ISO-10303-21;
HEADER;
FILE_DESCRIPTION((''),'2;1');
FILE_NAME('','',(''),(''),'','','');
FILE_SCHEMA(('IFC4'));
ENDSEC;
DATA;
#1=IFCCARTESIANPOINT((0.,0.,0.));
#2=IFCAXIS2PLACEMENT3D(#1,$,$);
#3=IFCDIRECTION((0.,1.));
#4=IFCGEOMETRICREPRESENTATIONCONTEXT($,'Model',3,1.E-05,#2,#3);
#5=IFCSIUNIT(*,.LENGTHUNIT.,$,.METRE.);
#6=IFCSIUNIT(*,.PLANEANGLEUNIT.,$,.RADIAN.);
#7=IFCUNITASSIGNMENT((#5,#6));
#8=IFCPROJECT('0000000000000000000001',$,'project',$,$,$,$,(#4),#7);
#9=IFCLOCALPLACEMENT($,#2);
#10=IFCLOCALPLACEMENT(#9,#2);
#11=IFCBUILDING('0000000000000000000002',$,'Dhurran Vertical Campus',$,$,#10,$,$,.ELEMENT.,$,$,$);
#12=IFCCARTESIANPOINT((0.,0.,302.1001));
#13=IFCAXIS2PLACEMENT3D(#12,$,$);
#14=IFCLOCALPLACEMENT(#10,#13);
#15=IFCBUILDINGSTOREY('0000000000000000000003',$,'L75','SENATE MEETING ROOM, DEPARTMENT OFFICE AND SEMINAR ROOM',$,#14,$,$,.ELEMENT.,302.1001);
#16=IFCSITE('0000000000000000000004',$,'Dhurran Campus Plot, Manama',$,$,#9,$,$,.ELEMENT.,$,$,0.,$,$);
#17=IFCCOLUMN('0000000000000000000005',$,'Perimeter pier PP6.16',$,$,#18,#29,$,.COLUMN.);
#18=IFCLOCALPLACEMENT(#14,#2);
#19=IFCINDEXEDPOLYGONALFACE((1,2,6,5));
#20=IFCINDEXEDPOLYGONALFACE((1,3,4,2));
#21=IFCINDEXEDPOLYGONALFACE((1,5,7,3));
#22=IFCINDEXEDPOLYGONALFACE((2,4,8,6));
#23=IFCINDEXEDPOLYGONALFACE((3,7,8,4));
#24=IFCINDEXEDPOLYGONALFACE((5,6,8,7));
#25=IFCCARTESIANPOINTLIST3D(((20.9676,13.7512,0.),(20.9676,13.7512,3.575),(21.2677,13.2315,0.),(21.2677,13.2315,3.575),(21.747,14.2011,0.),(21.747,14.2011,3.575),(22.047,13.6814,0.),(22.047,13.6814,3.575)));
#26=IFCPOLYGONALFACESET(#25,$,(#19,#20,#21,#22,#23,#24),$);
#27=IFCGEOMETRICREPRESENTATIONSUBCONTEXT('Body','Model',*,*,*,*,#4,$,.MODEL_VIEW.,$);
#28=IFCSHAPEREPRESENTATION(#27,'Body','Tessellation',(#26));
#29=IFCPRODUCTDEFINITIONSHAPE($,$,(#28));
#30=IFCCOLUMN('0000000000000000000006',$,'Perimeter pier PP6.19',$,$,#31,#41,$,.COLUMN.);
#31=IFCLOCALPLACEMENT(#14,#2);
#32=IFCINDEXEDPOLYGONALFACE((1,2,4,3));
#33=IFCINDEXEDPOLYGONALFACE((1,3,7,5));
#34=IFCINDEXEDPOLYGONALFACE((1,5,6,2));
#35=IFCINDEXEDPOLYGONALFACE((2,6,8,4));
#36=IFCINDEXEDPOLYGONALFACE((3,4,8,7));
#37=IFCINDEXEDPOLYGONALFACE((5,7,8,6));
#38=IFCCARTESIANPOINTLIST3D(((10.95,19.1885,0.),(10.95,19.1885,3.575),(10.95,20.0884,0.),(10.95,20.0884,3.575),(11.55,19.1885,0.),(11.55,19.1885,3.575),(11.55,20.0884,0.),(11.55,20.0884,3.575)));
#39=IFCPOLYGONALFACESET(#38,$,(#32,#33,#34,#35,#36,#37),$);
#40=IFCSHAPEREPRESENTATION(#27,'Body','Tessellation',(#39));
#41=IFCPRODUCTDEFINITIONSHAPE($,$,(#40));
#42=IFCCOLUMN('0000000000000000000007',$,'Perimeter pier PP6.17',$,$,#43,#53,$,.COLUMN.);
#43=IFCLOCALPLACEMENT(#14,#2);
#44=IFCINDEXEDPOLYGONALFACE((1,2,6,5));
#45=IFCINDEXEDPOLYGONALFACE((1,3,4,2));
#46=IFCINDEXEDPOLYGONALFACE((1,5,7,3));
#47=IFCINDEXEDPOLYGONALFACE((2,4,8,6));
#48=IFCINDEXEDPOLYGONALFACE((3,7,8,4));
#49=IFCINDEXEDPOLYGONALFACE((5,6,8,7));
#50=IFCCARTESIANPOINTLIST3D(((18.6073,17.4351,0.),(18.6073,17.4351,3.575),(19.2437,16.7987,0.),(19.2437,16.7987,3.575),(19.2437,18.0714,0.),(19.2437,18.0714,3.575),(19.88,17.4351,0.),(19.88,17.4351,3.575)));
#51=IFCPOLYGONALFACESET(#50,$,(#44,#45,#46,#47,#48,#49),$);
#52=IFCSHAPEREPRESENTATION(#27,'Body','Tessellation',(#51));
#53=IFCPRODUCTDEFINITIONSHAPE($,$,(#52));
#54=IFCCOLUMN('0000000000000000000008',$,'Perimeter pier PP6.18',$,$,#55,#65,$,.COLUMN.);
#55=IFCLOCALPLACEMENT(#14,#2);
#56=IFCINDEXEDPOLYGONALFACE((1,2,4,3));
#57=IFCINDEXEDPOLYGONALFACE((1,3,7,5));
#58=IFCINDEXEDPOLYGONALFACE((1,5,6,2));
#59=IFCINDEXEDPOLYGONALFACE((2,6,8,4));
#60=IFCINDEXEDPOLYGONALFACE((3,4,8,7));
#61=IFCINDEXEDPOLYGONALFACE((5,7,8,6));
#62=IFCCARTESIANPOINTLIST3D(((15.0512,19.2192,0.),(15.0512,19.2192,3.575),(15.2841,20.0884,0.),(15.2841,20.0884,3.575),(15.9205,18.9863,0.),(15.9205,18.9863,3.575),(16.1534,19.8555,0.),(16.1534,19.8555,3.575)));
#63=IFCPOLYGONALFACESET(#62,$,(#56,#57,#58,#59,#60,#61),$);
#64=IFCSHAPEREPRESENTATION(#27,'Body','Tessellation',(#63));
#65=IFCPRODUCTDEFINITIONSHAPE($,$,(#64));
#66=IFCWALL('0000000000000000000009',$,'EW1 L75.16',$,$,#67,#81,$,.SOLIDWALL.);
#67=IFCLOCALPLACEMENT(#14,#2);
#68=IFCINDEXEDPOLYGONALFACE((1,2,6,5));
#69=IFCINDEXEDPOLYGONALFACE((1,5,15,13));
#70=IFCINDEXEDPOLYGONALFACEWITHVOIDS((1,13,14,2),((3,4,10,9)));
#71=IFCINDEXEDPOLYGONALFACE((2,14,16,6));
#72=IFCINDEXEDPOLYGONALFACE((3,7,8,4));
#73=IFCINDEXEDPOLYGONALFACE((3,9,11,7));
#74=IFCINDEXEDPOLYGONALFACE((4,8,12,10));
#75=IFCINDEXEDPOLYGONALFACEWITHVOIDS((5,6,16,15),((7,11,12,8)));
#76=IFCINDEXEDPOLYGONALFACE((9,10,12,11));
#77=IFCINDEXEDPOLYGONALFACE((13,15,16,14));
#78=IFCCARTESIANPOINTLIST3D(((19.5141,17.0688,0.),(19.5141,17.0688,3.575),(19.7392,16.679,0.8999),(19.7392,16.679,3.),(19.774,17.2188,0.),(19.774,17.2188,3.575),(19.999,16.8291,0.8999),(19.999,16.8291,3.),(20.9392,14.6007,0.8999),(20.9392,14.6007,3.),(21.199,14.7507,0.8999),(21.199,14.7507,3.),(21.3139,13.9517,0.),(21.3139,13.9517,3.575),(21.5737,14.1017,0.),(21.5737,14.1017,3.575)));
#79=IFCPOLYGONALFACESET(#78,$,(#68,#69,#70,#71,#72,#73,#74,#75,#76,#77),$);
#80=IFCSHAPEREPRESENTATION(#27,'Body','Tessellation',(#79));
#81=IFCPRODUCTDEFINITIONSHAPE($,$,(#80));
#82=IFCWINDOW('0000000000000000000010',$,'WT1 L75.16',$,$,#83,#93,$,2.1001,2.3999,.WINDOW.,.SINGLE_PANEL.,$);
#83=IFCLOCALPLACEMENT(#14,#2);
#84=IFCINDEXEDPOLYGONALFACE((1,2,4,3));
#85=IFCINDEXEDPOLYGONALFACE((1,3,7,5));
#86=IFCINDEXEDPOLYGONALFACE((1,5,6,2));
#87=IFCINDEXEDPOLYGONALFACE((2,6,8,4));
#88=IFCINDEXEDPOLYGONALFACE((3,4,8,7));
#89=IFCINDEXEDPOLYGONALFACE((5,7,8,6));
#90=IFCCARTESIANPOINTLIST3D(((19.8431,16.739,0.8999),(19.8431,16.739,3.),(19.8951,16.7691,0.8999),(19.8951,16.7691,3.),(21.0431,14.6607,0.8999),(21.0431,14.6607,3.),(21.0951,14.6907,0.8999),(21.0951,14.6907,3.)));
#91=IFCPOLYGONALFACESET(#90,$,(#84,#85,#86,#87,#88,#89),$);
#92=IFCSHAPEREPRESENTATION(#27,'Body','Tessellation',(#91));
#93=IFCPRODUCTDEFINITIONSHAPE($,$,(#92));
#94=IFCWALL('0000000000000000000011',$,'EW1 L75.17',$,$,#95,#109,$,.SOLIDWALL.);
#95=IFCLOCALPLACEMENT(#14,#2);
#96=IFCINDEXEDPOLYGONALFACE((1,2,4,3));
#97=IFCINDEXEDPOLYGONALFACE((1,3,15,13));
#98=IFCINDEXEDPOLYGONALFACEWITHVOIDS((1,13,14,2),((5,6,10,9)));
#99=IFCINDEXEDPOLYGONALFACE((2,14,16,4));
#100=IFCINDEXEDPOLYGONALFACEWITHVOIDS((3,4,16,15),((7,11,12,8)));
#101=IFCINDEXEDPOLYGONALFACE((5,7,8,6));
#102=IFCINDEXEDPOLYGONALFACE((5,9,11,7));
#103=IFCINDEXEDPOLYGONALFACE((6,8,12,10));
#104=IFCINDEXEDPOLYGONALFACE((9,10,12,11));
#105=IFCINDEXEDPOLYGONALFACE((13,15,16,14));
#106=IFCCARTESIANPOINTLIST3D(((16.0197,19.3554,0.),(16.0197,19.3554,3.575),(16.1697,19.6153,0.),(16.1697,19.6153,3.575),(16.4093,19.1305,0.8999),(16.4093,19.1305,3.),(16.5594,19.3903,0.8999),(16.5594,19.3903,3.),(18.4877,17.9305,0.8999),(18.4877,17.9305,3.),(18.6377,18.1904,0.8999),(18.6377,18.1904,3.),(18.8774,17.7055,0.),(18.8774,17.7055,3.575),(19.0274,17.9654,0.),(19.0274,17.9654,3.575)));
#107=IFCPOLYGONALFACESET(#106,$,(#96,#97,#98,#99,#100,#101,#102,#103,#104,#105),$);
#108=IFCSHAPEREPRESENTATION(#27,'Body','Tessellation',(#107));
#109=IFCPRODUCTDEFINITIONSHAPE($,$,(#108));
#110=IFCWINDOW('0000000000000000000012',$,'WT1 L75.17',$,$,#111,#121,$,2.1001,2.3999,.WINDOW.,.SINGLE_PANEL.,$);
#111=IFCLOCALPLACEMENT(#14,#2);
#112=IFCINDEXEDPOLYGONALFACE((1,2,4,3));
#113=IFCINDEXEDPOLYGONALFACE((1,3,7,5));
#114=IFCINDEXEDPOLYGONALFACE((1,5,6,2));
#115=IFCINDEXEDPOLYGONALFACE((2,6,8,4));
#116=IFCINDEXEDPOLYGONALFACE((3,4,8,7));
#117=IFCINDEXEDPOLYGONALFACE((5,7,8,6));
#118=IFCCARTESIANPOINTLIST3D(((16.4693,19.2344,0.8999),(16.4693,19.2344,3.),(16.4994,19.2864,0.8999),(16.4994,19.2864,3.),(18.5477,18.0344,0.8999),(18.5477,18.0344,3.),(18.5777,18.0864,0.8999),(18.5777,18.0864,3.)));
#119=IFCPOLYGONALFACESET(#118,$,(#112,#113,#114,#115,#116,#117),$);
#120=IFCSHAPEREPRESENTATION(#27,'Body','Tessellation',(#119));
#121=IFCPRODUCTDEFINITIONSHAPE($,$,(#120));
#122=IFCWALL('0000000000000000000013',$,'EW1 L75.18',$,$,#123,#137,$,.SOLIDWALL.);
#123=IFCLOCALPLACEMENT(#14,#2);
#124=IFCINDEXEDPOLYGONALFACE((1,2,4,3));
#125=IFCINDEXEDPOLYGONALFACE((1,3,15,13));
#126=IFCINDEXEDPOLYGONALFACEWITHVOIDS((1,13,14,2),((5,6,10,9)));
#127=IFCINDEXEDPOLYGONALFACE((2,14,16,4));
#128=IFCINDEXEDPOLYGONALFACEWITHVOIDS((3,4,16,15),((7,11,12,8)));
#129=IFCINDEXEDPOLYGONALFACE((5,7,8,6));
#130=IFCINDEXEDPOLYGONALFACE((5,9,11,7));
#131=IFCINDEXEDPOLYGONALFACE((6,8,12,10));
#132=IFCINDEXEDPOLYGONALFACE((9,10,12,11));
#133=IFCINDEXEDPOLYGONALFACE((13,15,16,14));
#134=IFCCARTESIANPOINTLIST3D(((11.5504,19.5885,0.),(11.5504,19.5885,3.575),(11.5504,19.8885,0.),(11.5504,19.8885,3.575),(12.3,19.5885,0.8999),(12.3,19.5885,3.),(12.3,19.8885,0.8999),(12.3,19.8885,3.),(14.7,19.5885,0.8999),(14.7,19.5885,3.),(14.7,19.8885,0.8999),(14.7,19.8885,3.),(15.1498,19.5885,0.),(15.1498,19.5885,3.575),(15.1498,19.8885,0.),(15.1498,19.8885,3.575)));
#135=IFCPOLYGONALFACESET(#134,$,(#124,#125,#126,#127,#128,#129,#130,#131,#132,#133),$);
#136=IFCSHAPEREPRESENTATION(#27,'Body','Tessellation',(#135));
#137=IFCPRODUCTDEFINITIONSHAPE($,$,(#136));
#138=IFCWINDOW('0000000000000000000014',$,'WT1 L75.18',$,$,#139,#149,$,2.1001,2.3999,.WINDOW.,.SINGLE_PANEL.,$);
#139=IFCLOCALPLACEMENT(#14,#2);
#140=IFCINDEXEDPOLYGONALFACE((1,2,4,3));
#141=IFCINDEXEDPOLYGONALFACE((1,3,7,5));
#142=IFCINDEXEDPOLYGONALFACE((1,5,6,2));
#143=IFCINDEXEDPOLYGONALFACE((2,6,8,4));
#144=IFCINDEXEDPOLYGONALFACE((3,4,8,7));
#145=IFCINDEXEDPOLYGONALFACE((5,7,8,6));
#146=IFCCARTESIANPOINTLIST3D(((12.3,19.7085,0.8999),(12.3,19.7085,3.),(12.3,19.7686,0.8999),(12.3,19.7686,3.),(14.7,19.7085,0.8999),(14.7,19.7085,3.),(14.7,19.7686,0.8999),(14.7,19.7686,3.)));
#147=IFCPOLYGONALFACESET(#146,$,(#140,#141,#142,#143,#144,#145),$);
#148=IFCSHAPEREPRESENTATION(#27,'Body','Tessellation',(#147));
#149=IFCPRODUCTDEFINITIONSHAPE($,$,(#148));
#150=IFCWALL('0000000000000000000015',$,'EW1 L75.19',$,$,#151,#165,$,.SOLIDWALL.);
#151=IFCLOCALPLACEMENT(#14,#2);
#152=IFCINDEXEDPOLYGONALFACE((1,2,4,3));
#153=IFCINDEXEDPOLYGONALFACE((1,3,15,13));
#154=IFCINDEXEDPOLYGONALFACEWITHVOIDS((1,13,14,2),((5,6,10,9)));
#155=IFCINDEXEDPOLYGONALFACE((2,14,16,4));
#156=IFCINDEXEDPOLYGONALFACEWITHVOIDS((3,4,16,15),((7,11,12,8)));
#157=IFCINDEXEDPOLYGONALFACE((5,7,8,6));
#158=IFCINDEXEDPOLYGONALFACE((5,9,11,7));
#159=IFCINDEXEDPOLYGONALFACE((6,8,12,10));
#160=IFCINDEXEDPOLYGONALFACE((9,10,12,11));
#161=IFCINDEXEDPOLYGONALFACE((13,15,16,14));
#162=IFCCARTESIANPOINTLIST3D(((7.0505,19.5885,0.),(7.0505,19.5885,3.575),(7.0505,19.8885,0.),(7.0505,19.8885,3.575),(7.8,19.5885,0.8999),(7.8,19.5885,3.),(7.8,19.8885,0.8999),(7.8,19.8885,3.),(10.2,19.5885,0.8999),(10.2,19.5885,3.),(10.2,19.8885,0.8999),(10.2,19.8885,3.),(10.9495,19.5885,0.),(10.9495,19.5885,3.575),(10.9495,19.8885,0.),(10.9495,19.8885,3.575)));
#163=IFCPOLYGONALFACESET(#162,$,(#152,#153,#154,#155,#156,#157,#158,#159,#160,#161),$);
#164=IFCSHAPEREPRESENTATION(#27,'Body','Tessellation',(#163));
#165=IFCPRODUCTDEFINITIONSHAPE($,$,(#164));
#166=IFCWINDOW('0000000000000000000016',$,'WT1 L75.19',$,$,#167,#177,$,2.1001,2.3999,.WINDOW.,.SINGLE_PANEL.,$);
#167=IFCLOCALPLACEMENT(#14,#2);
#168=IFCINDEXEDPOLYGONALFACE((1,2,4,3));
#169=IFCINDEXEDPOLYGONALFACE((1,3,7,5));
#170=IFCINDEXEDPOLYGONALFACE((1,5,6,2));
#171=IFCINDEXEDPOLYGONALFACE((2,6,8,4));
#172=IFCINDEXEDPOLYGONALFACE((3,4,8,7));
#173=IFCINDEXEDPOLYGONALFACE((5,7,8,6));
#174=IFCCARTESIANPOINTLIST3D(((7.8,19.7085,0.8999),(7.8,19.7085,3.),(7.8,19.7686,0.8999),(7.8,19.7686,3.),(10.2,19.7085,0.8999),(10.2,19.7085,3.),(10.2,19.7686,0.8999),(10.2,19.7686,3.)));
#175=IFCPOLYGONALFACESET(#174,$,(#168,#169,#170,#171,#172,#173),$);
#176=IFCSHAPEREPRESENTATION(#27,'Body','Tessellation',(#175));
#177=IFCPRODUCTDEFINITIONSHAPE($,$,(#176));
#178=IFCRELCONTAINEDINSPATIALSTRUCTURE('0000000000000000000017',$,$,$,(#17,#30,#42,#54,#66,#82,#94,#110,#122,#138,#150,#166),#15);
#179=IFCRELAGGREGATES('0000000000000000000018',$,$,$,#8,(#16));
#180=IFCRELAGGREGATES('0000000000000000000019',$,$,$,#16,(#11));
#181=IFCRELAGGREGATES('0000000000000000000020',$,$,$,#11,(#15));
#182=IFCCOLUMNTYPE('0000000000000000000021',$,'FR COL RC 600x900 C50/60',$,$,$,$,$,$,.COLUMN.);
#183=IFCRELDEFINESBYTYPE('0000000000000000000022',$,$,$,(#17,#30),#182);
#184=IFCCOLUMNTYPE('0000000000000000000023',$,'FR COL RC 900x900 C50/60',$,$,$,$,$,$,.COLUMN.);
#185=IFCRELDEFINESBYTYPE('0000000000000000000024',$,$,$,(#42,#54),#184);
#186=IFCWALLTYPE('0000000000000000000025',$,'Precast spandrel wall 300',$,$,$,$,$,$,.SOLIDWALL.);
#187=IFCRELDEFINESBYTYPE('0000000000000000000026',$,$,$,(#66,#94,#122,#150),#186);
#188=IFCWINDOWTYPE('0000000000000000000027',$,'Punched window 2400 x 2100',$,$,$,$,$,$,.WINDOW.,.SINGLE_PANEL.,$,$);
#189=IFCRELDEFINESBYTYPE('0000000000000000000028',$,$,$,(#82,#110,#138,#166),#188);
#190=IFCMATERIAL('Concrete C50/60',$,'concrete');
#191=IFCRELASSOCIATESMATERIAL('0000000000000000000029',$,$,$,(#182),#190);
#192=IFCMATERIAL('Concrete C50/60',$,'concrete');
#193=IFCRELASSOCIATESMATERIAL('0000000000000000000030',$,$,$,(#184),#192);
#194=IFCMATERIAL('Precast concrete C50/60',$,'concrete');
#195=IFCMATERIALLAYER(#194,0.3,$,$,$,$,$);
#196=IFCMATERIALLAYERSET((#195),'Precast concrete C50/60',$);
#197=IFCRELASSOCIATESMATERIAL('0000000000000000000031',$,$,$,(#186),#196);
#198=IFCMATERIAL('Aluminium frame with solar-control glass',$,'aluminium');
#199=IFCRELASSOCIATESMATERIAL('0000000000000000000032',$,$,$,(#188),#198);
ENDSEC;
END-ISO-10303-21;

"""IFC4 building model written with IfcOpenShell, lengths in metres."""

from ifc_helpers import new_model, si_unit, direction, frame, frame_2d, origin, origin_2d, place, context, subcontext, project, spatial, rectangle, extrude, material, layer, layer_set, material_profile, profile_set, type_object, element, fill, save


model = new_model("IFC4")

# Units and contexts
model_context = context("Model", 3, precision=1e-05, world=origin(), true_north=direction((0.0, 1.0)))
body_context = subcontext(model_context, "Body", "Model", "MODEL_VIEW")
ifc_project = project(units=[si_unit("LENGTHUNIT", "METRE"), si_unit("PLANEANGLEUNIT", "RADIAN")], contexts=[model_context])

# Site, building, storey
site_placement = place(None, origin())
site = spatial("IfcSite", under=ifc_project, at=site_placement, Name="Dhurran Campus Plot, Manama", CompositionType="ELEMENT", RefElevation=0.0)
building_placement = place(site_placement, origin())
building = spatial("IfcBuilding", under=site, at=building_placement, Name="Dhurran Vertical Campus", CompositionType="ELEMENT")
storey_placement = place(building_placement, frame((0.0, 0.0, 302.1001)))
storey = spatial("IfcBuildingStorey", under=building, at=storey_placement, Name="L75", Description="SENATE MEETING ROOM, DEPARTMENT OFFICE AND SEMINAR ROOM", CompositionType="ELEMENT", Elevation=302.1001)

# Columns
ifc_material_1 = material(Name="Concrete C50/60", Category="concrete")
ifc_material_profile_1 = material_profile(ifc_material_1, rectangle(XDim=0.6001, YDim=0.8999, at=origin_2d()), Name="RC 600x900")
ifc_profile_set_1 = profile_set([ifc_material_profile_1], Name="Concrete C50/60")
column_type_1 = type_object("IfcColumnType", Name="FR COL RC 600x900 C50/60", PredefinedType="COLUMN", material=ifc_profile_set_1)
for number, where, z_axis, x_axis, name in (
    (1, (21.5073, 13.7163, 0.0), (0.0, 0.0, 1.0), (-0.5, 0.866025, 0.0), "Perimeter pier PP6.16"),
    (2, (11.25, 19.6384, 0.0), (0.0, 0.0, 1.0), (-1.0, 0.0, 0.0), "Perimeter pier PP6.19"),
):
    element("IfcColumn", number, at=place(storey_placement, frame(where, z_axis=z_axis, x_axis=x_axis)), inside=storey, type_object=column_type_1, Name=name, PredefinedType="COLUMN", context=body_context, shape_type="SweptSolid", body=[
        extrude(rectangle(XDim=0.6001, YDim=0.8999, at=origin_2d()), origin(), (0.0, 0.0, 1.0), 3.575),
    ])
ifc_material_2 = material(Name="Concrete C50/60", Category="concrete")
ifc_material_profile_2 = material_profile(ifc_material_2, rectangle(XDim=0.8999, YDim=0.8999, at=origin_2d()), Name="RC 900x900")
ifc_profile_set_2 = profile_set([ifc_material_profile_2], Name="Concrete C50/60")
column_type_2 = type_object("IfcColumnType", Name="FR COL RC 900x900 C50/60", PredefinedType="COLUMN", material=ifc_profile_set_2)
for number, where, z_axis, x_axis, name in (
    (3, (19.2437, 17.4351, 0.0), (0.0, 0.0, 1.0), (-0.707107, 0.707107, 0.0), "Perimeter pier PP6.17"),
    (4, (15.6023, 19.5374, 0.0), (0.0, 0.0, 1.0), (-0.965926, 0.258819, 0.0), "Perimeter pier PP6.18"),
):
    element("IfcColumn", number, at=place(storey_placement, frame(where, z_axis=z_axis, x_axis=x_axis)), inside=storey, type_object=column_type_2, Name=name, PredefinedType="COLUMN", context=body_context, shape_type="SweptSolid", body=[
        extrude(rectangle(XDim=0.8999, YDim=0.8999, at=origin_2d()), origin(), (0.0, 0.0, 1.0), 3.575),
    ])

# Walls, openings, windows
ifc_material_3 = material(Name="Precast concrete C50/60", Category="concrete")
ifc_layer_1 = layer(ifc_material_3, 0.3)
ifc_layer_set_1 = layer_set([ifc_layer_1], Name="Precast concrete C50/60")
wall_type_1 = type_object("IfcWallType", Name="Precast spandrel wall 300", PredefinedType="SOLIDWALL", material=ifc_layer_set_1)
wall_1_placement = place(storey_placement, frame((21.4438, 14.0266, 0.0), z_axis=(0.0, 0.0, 1.0), x_axis=(-0.50002, 0.866014, 0.0)))
wall_1 = element("IfcWall", 5, at=wall_1_placement, inside=storey, type_object=wall_type_1, Name="EW1 L75.16", PredefinedType="SOLIDWALL", context=body_context, shape_type="SweptSolid", body=[
    extrude(rectangle(XDim=3.5994, YDim=0.3, at=frame_2d((1.7998, 0.0))), origin(), (0.0, 0.0, 1.0), 3.575),
])
opening_1_placement = place(wall_1_placement, frame((0.7495, 0.0, 0.8999)))
opening_1 = element("IfcOpeningElement", 6, at=opening_1_placement, cuts=wall_1, PredefinedType="OPENING", context=body_context, shape_type="SweptSolid", body=[
    extrude(rectangle(XDim=2.3999, YDim=2.1001, at=frame_2d((1.2, 1.05))), frame((0.0, 0.1599, 0.0), z_axis=(0.0, -1.0, 0.0), x_axis=(1.0, 0.0, 0.0)), (0.0, 0.0, 1.0), 0.3201),
])
ifc_material_4 = material(Name="Aluminium frame with solar-control glass", Category="aluminium")
window_type = type_object("IfcWindowType", Name="Punched window 2400 x 2100", PartitioningType="SINGLE_PANEL", PredefinedType="WINDOW", material=ifc_material_4)
window_1_placement = place(opening_1_placement, origin())
window_1 = element("IfcWindow", 7, at=window_1_placement, inside=storey, type_object=window_type, Name="WT1 L75.16", OverallHeight=2.1001, OverallWidth=2.3999, PartitioningType="SINGLE_PANEL", PredefinedType="WINDOW", context=body_context, shape_type="SweptSolid", body=[
    extrude(rectangle(XDim=2.3999, YDim=2.1001, at=frame_2d((1.2, 1.05))), frame((0.0, 0.03, 0.0), z_axis=(0.0, -1.0, 0.0), x_axis=(1.0, 0.0, 0.0)), (0.0, 0.0, 1.0), 0.0601),
])
fill(opening_1, window_1)
wall_2_placement = place(storey_placement, frame((18.9524, 17.8354, 0.0), z_axis=(0.0, 0.0, 1.0), x_axis=(-0.866022, 0.500006, 0.0)))
wall_2 = element("IfcWall", 8, at=wall_2_placement, inside=storey, type_object=wall_type_1, Name="EW1 L75.17", PredefinedType="SOLIDWALL", context=body_context, shape_type="SweptSolid", body=[
    extrude(rectangle(XDim=3.2998, YDim=0.3, at=frame_2d((1.6499, 0.0))), origin(), (0.0, 0.0, 1.0), 3.575),
])
opening_2_placement = place(wall_2_placement, frame((0.45, 0.0, 0.8999)))
opening_2 = element("IfcOpeningElement", 9, at=opening_2_placement, cuts=wall_2, PredefinedType="OPENING", context=body_context, shape_type="SweptSolid", body=[
    extrude(rectangle(XDim=2.3999, YDim=2.1001, at=frame_2d((1.2, 1.05))), frame((0.0, 0.1599, 0.0), z_axis=(0.0, -1.0, 0.0), x_axis=(1.0, 0.0, 0.0)), (0.0, 0.0, 1.0), 0.3201),
])
window_2_placement = place(opening_2_placement, origin())
window_2 = element("IfcWindow", 10, at=window_2_placement, inside=storey, type_object=window_type, Name="WT1 L75.17", OverallHeight=2.1001, OverallWidth=2.3999, PartitioningType="SINGLE_PANEL", PredefinedType="WINDOW", context=body_context, shape_type="SweptSolid", body=[
    extrude(rectangle(XDim=2.3999, YDim=2.1001, at=frame_2d((1.2, 1.05))), frame((0.0, 0.03, 0.0), z_axis=(0.0, -1.0, 0.0), x_axis=(1.0, 0.0, 0.0)), (0.0, 0.0, 1.0), 0.0601),
])
fill(opening_2, window_2)
wall_3_placement = place(storey_placement, frame((15.1499, 19.7385, 0.0), z_axis=(0.0, 0.0, 1.0), x_axis=(-1.0, 0.0, 0.0)))
wall_3 = element("IfcWall", 11, at=wall_3_placement, inside=storey, type_object=wall_type_1, Name="EW1 L75.18", PredefinedType="SOLIDWALL", context=body_context, shape_type="SweptSolid", body=[
    extrude(rectangle(XDim=3.5994, YDim=0.3, at=frame_2d((1.7998, 0.0))), origin(), (0.0, 0.0, 1.0), 3.575),
])
opening_3_placement = place(wall_3_placement, frame((0.45, 0.0, 0.8999)))
opening_3 = element("IfcOpeningElement", 12, at=opening_3_placement, cuts=wall_3, PredefinedType="OPENING", context=body_context, shape_type="SweptSolid", body=[
    extrude(rectangle(XDim=2.3999, YDim=2.1001, at=frame_2d((1.2, 1.05))), frame((0.0, 0.1599, 0.0), z_axis=(0.0, -1.0, 0.0), x_axis=(1.0, 0.0, 0.0)), (0.0, 0.0, 1.0), 0.3201),
])
window_3_placement = place(opening_3_placement, origin())
window_3 = element("IfcWindow", 13, at=window_3_placement, inside=storey, type_object=window_type, Name="WT1 L75.18", OverallHeight=2.1001, OverallWidth=2.3999, PartitioningType="SINGLE_PANEL", PredefinedType="WINDOW", context=body_context, shape_type="SweptSolid", body=[
    extrude(rectangle(XDim=2.3999, YDim=2.1001, at=frame_2d((1.2, 1.05))), frame((0.0, 0.03, 0.0), z_axis=(0.0, -1.0, 0.0), x_axis=(1.0, 0.0, 0.0)), (0.0, 0.0, 1.0), 0.0601),
])
fill(opening_3, window_3)
wall_4_placement = place(storey_placement, frame((10.9495, 19.7385, 0.0), z_axis=(0.0, 0.0, 1.0), x_axis=(-1.0, 0.0, 0.0)))
wall_4 = element("IfcWall", 14, at=wall_4_placement, inside=storey, type_object=wall_type_1, Name="EW1 L75.19", PredefinedType="SOLIDWALL", context=body_context, shape_type="SweptSolid", body=[
    extrude(rectangle(XDim=3.8989, YDim=0.3, at=frame_2d((1.9495, 0.0))), origin(), (0.0, 0.0, 1.0), 3.575),
])
opening_4_placement = place(wall_4_placement, frame((0.7495, 0.0, 0.8999)))
opening_4 = element("IfcOpeningElement", 15, at=opening_4_placement, cuts=wall_4, PredefinedType="OPENING", context=body_context, shape_type="SweptSolid", body=[
    extrude(rectangle(XDim=2.3999, YDim=2.1001, at=frame_2d((1.2, 1.05))), frame((0.0, 0.1599, 0.0), z_axis=(0.0, -1.0, 0.0), x_axis=(1.0, 0.0, 0.0)), (0.0, 0.0, 1.0), 0.3201),
])
window_4_placement = place(opening_4_placement, origin())
window_4 = element("IfcWindow", 16, at=window_4_placement, inside=storey, type_object=window_type, Name="WT1 L75.19", OverallHeight=2.1001, OverallWidth=2.3999, PartitioningType="SINGLE_PANEL", PredefinedType="WINDOW", context=body_context, shape_type="SweptSolid", body=[
    extrude(rectangle(XDim=2.3999, YDim=2.1001, at=frame_2d((1.2, 1.05))), frame((0.0, 0.03, 0.0), z_axis=(0.0, -1.0, 0.0), x_axis=(1.0, 0.0, 0.0)), (0.0, 0.0, 1.0), 0.0601),
])
fill(opening_4, window_4)

save(model, "model.ifc")
